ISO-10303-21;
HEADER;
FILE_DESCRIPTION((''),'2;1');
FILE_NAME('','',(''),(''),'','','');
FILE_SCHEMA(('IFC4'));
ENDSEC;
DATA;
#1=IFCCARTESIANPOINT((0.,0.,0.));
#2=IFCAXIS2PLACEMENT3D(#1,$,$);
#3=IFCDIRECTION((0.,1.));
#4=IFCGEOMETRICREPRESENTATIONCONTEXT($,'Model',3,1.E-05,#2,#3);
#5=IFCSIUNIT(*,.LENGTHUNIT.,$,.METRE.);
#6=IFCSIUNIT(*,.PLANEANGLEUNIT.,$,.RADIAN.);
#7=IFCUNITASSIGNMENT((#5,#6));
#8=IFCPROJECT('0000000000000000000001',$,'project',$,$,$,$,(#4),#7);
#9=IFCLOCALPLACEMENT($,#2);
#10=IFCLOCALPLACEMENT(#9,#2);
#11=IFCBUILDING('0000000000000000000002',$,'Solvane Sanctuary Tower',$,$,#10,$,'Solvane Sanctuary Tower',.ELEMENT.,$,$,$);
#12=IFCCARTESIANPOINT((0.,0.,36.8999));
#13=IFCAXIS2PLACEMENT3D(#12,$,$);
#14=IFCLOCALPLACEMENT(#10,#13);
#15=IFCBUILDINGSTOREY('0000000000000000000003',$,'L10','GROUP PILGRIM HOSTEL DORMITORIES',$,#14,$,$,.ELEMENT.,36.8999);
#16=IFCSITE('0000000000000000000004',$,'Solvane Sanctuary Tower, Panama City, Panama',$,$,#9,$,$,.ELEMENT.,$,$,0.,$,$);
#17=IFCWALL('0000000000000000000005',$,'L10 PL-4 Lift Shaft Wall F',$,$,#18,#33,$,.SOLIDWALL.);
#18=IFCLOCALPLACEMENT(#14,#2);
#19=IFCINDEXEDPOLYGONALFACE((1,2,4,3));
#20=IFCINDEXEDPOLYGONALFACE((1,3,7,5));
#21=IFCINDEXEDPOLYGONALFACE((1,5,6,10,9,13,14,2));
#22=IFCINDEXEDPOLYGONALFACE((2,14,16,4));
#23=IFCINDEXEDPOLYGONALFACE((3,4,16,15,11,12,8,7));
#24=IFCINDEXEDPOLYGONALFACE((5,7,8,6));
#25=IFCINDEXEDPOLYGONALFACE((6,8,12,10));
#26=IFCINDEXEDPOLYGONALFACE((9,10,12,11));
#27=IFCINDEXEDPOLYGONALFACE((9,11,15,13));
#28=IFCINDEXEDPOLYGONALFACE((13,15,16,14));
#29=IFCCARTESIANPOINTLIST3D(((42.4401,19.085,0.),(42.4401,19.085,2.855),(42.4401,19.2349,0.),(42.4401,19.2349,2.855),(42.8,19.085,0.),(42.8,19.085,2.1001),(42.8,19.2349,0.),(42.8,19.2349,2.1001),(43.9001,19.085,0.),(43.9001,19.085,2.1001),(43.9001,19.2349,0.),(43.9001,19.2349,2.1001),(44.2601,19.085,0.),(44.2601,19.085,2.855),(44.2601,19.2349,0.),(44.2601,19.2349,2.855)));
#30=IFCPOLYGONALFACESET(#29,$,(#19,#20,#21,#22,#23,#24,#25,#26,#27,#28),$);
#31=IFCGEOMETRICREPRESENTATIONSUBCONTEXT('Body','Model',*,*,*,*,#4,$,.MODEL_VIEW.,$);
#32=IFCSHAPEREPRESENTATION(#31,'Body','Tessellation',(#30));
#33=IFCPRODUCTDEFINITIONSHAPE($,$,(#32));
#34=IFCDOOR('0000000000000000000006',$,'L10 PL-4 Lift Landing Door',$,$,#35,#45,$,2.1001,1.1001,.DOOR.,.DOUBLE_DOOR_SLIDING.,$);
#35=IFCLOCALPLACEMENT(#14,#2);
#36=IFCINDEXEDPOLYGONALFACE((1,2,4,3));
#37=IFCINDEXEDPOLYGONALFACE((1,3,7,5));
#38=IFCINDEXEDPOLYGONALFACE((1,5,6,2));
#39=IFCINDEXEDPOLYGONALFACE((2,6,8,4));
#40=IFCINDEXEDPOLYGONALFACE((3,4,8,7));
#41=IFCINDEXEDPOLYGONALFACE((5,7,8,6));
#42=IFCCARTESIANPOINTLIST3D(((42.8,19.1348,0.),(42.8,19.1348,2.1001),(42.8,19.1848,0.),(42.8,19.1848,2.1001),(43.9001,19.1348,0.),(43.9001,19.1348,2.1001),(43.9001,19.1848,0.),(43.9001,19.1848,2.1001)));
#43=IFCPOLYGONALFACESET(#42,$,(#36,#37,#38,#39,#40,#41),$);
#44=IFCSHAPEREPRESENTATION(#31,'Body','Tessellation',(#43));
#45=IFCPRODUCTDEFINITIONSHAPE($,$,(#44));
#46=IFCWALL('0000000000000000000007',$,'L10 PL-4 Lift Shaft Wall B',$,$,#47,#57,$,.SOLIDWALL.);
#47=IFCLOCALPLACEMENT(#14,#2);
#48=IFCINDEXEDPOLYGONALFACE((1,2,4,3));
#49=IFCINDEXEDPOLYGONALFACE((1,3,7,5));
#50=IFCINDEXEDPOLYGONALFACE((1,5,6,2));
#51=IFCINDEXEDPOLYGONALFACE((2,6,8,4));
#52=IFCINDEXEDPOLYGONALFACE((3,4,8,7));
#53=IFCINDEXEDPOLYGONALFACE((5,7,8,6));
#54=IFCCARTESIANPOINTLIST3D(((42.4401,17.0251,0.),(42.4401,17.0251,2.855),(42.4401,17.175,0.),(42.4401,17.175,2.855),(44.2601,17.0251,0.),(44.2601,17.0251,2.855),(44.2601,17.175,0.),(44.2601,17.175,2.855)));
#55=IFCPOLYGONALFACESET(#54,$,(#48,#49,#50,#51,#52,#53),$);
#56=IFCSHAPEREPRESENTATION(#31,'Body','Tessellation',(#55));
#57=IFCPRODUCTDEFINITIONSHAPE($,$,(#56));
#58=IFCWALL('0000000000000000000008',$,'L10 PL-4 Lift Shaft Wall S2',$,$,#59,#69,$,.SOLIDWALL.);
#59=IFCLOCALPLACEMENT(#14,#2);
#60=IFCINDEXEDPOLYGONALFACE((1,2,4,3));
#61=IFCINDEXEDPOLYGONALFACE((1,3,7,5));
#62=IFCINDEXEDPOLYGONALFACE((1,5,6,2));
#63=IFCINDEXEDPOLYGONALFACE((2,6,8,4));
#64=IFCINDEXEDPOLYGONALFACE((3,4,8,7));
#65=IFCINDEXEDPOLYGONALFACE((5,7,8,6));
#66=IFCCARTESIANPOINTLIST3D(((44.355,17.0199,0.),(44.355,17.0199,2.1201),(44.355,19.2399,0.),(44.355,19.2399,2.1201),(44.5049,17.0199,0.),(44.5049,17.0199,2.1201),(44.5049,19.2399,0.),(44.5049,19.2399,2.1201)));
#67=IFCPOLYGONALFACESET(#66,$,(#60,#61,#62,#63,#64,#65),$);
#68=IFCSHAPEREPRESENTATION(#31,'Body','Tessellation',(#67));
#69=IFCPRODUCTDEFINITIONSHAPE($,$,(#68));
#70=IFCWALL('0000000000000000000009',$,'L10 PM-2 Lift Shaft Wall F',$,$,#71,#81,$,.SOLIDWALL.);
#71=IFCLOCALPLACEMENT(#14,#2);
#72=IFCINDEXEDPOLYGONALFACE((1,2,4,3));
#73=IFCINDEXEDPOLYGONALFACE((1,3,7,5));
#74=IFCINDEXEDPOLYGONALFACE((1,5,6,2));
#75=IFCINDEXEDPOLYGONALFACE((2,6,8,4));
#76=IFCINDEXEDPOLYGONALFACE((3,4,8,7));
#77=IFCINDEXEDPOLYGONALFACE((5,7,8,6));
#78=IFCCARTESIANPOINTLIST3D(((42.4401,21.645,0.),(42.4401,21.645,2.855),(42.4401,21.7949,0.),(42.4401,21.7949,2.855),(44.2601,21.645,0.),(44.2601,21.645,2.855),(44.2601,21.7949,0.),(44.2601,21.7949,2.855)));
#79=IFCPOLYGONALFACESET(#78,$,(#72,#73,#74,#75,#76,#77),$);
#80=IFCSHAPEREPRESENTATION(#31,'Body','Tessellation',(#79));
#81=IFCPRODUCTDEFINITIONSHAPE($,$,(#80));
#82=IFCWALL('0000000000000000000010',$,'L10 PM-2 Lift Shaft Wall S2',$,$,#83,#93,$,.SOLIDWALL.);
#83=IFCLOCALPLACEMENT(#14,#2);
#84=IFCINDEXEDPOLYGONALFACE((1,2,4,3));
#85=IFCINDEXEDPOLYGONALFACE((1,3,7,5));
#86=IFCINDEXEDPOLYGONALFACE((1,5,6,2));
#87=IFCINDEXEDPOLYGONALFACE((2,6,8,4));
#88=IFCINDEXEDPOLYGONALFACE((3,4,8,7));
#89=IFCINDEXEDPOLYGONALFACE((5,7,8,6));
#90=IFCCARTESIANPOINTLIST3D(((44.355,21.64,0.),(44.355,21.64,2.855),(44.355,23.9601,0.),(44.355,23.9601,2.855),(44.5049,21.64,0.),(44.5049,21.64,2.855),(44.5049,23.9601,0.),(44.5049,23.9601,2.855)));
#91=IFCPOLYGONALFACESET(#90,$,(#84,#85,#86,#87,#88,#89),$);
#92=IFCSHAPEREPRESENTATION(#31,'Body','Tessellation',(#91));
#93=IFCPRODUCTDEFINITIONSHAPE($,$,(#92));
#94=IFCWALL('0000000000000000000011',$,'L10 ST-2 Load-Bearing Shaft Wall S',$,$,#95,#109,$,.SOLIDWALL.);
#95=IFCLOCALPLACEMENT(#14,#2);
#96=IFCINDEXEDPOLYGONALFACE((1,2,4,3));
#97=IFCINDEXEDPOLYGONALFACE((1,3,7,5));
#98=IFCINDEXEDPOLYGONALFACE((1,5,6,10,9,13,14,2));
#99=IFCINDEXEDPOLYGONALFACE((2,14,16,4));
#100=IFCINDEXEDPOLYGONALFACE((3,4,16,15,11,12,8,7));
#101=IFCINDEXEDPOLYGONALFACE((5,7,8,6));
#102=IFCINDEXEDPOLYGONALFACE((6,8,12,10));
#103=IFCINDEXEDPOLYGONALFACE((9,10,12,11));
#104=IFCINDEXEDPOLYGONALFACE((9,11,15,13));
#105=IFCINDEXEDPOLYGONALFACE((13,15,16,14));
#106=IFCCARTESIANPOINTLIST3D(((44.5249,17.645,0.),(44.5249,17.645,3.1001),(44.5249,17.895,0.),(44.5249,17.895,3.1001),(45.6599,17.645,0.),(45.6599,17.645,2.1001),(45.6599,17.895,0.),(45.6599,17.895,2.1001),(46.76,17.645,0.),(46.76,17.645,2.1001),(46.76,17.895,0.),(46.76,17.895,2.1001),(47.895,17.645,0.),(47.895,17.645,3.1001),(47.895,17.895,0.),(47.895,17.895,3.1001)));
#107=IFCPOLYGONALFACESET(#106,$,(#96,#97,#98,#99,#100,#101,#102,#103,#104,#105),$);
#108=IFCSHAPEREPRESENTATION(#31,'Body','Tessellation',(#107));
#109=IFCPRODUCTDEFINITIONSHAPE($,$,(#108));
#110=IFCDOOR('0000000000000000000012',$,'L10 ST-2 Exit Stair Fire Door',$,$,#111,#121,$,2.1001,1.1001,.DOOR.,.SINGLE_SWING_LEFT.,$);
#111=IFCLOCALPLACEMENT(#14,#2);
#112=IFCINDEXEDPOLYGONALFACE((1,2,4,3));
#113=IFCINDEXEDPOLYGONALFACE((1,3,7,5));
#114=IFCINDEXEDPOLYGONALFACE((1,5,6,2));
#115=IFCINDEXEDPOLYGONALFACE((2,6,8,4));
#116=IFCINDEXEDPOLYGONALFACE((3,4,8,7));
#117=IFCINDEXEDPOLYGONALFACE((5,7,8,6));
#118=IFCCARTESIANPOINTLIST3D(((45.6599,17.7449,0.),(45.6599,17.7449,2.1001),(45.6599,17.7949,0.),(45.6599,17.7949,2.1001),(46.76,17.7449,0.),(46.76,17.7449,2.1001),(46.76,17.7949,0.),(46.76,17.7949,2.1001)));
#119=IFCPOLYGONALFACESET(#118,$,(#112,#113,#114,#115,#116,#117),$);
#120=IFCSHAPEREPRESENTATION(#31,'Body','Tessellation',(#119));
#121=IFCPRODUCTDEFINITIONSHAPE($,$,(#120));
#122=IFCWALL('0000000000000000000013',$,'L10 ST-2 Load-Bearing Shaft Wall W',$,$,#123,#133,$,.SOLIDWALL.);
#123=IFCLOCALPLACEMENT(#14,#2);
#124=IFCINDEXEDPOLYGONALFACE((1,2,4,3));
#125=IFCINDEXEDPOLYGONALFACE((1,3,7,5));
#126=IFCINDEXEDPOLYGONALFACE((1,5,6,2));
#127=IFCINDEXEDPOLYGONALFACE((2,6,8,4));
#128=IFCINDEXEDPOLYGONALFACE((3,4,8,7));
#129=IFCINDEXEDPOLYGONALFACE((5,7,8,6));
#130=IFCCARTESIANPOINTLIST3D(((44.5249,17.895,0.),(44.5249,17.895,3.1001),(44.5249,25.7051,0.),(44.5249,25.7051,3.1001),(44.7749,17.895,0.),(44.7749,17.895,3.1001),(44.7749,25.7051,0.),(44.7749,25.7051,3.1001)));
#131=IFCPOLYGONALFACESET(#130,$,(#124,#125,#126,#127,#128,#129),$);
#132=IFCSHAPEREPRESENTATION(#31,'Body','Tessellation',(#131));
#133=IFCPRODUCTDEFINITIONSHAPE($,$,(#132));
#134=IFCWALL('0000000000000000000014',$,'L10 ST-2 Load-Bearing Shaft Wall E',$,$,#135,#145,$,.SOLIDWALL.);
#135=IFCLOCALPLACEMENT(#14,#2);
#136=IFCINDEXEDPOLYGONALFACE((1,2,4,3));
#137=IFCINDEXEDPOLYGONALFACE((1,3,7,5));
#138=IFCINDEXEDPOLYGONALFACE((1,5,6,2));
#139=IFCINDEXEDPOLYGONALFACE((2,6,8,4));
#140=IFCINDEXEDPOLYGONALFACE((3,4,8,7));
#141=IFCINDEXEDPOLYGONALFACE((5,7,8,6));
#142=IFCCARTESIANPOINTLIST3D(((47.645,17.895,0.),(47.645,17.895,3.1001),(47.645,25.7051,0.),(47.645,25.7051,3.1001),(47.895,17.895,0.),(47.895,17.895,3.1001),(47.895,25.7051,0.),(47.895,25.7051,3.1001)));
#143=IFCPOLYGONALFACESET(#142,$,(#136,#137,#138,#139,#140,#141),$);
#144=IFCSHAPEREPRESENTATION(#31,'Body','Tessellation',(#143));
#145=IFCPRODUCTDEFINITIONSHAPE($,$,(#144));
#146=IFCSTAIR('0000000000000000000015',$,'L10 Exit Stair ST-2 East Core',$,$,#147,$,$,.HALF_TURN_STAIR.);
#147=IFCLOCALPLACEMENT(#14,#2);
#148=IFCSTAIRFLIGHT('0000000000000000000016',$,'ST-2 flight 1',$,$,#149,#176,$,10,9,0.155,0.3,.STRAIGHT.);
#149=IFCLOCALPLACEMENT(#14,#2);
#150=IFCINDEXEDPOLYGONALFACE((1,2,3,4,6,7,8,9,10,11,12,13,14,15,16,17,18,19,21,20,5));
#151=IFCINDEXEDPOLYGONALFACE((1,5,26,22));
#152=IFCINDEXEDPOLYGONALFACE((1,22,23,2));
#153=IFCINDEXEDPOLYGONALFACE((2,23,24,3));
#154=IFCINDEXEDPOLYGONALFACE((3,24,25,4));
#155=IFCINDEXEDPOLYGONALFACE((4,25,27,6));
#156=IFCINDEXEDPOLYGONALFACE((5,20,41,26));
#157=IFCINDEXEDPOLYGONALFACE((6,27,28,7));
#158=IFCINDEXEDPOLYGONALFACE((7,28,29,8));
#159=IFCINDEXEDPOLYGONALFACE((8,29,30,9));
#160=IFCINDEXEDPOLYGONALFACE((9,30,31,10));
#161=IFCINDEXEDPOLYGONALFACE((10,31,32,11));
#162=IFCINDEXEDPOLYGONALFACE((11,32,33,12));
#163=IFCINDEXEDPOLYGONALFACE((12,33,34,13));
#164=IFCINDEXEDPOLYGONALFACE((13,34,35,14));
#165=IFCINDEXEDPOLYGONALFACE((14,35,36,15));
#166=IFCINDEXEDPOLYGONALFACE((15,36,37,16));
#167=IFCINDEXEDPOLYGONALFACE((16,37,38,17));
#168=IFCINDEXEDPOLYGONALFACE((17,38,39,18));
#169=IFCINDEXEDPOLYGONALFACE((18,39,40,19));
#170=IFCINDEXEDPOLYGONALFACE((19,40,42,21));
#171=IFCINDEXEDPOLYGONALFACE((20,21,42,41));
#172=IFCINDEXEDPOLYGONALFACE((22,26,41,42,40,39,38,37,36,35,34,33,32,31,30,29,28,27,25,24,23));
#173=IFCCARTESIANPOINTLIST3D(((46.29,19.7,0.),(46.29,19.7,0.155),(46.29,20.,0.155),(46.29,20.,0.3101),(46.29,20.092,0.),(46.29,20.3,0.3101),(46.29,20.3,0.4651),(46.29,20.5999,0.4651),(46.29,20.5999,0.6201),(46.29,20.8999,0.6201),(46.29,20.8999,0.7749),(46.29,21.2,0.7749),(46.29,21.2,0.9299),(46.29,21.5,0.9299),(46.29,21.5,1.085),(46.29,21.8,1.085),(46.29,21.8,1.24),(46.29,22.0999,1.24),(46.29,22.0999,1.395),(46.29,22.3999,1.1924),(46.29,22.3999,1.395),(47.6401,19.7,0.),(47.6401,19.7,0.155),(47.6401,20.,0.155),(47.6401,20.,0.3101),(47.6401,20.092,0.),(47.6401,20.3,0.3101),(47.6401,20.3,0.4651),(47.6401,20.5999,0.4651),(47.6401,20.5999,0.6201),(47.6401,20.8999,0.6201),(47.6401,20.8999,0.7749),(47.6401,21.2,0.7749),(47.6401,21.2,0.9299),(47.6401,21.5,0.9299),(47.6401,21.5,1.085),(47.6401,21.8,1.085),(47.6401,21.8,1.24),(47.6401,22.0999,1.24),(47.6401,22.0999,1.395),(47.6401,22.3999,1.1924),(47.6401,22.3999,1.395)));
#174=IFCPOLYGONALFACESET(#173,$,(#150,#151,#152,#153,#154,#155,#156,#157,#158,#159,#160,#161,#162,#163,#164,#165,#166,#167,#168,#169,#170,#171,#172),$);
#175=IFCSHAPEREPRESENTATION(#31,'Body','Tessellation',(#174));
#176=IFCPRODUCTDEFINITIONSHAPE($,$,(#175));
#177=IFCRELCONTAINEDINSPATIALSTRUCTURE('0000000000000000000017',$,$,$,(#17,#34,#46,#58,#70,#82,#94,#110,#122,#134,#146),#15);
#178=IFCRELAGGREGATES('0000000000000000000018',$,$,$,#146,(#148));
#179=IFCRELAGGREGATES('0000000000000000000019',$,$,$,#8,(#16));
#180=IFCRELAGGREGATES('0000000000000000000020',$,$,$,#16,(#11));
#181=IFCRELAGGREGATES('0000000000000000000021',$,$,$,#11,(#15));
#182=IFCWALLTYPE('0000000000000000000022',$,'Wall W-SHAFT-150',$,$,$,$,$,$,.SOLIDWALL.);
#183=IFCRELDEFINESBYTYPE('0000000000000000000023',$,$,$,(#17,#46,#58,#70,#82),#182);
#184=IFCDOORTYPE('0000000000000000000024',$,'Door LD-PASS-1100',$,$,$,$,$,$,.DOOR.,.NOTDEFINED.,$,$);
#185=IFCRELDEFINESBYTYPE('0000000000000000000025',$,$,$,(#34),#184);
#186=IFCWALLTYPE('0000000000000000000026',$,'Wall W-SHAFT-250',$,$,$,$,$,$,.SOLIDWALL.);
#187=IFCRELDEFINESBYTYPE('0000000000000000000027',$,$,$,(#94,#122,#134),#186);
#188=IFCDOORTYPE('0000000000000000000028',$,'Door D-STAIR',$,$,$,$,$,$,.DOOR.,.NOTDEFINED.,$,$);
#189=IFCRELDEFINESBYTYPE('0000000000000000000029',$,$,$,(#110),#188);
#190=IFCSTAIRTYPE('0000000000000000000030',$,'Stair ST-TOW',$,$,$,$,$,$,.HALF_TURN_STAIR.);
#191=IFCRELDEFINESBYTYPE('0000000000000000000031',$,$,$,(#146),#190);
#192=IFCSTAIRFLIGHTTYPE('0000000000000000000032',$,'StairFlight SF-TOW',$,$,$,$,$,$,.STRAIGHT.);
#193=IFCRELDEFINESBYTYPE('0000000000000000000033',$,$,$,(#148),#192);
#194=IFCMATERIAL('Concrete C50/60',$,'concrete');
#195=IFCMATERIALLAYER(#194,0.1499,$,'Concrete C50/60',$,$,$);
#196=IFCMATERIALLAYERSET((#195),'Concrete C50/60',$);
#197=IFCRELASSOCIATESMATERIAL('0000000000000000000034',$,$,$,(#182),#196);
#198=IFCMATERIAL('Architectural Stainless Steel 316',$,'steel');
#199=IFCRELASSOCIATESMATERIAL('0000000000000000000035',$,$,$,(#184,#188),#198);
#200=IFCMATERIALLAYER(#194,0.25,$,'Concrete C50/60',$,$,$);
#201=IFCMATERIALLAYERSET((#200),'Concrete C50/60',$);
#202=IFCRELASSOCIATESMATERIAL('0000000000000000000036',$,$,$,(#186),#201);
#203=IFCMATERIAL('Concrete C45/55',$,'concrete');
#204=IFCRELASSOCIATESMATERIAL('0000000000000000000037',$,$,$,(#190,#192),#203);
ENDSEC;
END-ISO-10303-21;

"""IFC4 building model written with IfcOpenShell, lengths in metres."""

from ifc_helpers import new_model, si_unit, direction, frame, frame_2d, origin, place, context, subcontext, project, spatial, polyline, rectangle, outline, extrude, material, layer, layer_set, type_object, element, fill, aggregate, save


model = new_model("IFC4")

# Units and contexts
model_context = context("Model", 3, precision=1e-05, world=origin(), true_north=direction((0.0, 1.0)))
body_context = subcontext(model_context, "Body", "Model", "MODEL_VIEW")
ifc_project = project(units=[si_unit("LENGTHUNIT", "METRE"), si_unit("PLANEANGLEUNIT", "RADIAN")], contexts=[model_context])

# Site, building, storey
site_placement = place(None, origin())
site = spatial("IfcSite", under=ifc_project, at=site_placement, Name="Solvane Sanctuary Tower, Panama City, Panama", CompositionType="ELEMENT", RefElevation=0.0)
building_placement = place(site_placement, origin())
building = spatial("IfcBuilding", under=site, at=building_placement, Name="Solvane Sanctuary Tower", LongName="Solvane Sanctuary Tower", CompositionType="ELEMENT")
storey_placement = place(building_placement, frame((0.0, 0.0, 36.8999)))
storey = spatial("IfcBuildingStorey", under=building, at=storey_placement, Name="L10", Description="GROUP PILGRIM HOSTEL DORMITORIES", CompositionType="ELEMENT", Elevation=36.8999)

# Wall, opening, door
ifc_material_1 = material(Name="Concrete C50/60", Category="concrete")
ifc_layer_1 = layer(ifc_material_1, 0.1499, Name="Concrete C50/60")
ifc_layer_set_1 = layer_set([ifc_layer_1], Name="Concrete C50/60")
wall_type_1 = type_object("IfcWallType", Name="Wall W-SHAFT-150", PredefinedType="SOLIDWALL", material=ifc_layer_set_1)
wall_1_placement = place(storey_placement, frame((42.4399, 19.1599, 0.0), z_axis=(0.0, 0.0, 1.0), x_axis=(1.0, 0.0, 0.0)))
wall_1 = element("IfcWall", 1, at=wall_1_placement, inside=storey, type_object=wall_type_1, Name="L10 PL-4 Lift Shaft Wall F", PredefinedType="SOLIDWALL", context=body_context, shape_type="SweptSolid", body=[
    extrude(rectangle(XDim=1.8201, YDim=0.1499, at=frame_2d((0.9102, 0.0))), origin(), (0.0, 0.0, 1.0), 2.855),
])
opening_1_placement = place(wall_1_placement, frame((0.3601, 0.0, 0.0)))
opening_1 = element("IfcOpeningElement", 2, at=opening_1_placement, cuts=wall_1, PredefinedType="OPENING", context=body_context, shape_type="SweptSolid", body=[
    extrude(rectangle(XDim=1.1001, YDim=2.1001, at=frame_2d((0.55, 1.05))), frame((0.0, 0.085, 0.0), z_axis=(0.0, -1.0, 0.0), x_axis=(1.0, 0.0, 0.0)), (0.0, 0.0, 1.0), 0.1699),
])
ifc_material_2 = material(Name="Architectural Stainless Steel 316", Category="steel")
door_type_1 = type_object("IfcDoorType", Name="Door LD-PASS-1100", OperationType="NOTDEFINED", PredefinedType="DOOR", material=ifc_material_2)
door_1_placement = place(opening_1_placement, origin())
door_1 = element("IfcDoor", 3, at=door_1_placement, inside=storey, type_object=door_type_1, Name="L10 PL-4 Lift Landing Door", OperationType="DOUBLE_DOOR_SLIDING", OverallHeight=2.1001, OverallWidth=1.1001, PredefinedType="DOOR", context=body_context, shape_type="SweptSolid", body=[
    extrude(rectangle(XDim=1.1001, YDim=2.1001, at=frame_2d((0.55, 1.05))), frame((0.0, 0.0249, 0.0), z_axis=(0.0, -1.0, 0.0), x_axis=(1.0, 0.0, 0.0)), (0.0, 0.0, 1.0), 0.05),
])
fill(opening_1, door_1)

# Walls
wall_2_placement = place(storey_placement, frame((42.4399, 17.1001, 0.0), z_axis=(0.0, 0.0, 1.0), x_axis=(1.0, 0.0, 0.0)))
element("IfcWall", 4, at=wall_2_placement, inside=storey, type_object=wall_type_1, Name="L10 PL-4 Lift Shaft Wall B", PredefinedType="SOLIDWALL", context=body_context, shape_type="SweptSolid", body=[
    extrude(rectangle(XDim=1.8201, YDim=0.1499, at=frame_2d((0.9102, 0.0))), origin(), (0.0, 0.0, 1.0), 2.855),
])
wall_3_placement = place(storey_placement, frame((44.4299, 17.02, 0.0), z_axis=(0.0, 0.0, 1.0), x_axis=(0.0, 1.0, 0.0)))
element("IfcWall", 5, at=wall_3_placement, inside=storey, type_object=wall_type_1, Name="L10 PL-4 Lift Shaft Wall S2", PredefinedType="SOLIDWALL", context=body_context, shape_type="SweptSolid", body=[
    extrude(rectangle(XDim=2.22, YDim=0.1499, at=frame_2d((1.1099, 0.0))), origin(), (0.0, 0.0, 1.0), 2.1201),
])
wall_4_placement = place(storey_placement, frame((42.4399, 21.72, 0.0), z_axis=(0.0, 0.0, 1.0), x_axis=(1.0, 0.0, 0.0)))
element("IfcWall", 6, at=wall_4_placement, inside=storey, type_object=wall_type_1, Name="L10 PM-2 Lift Shaft Wall F", PredefinedType="SOLIDWALL", context=body_context, shape_type="SweptSolid", body=[
    extrude(rectangle(XDim=1.8201, YDim=0.1499, at=frame_2d((0.9102, 0.0))), origin(), (0.0, 0.0, 1.0), 2.855),
])
wall_5_placement = place(storey_placement, frame((44.4299, 21.6399, 0.0), z_axis=(0.0, 0.0, 1.0), x_axis=(0.0, 1.0, 0.0)))
element("IfcWall", 7, at=wall_5_placement, inside=storey, type_object=wall_type_1, Name="L10 PM-2 Lift Shaft Wall S2", PredefinedType="SOLIDWALL", context=body_context, shape_type="SweptSolid", body=[
    extrude(rectangle(XDim=2.3201, YDim=0.1499, at=frame_2d((1.1602, 0.0))), origin(), (0.0, 0.0, 1.0), 2.855),
])

# Wall, opening, door
ifc_layer_2 = layer(ifc_material_1, 0.25, Name="Concrete C50/60")
ifc_layer_set_2 = layer_set([ifc_layer_2], Name="Concrete C50/60")
wall_type_2 = type_object("IfcWallType", Name="Wall W-SHAFT-250", PredefinedType="SOLIDWALL", material=ifc_layer_set_2)
wall_6_placement = place(storey_placement, frame((44.5249, 17.77, 0.0), z_axis=(0.0, 0.0, 1.0), x_axis=(1.0, 0.0, 0.0)))
wall_6 = element("IfcWall", 8, at=wall_6_placement, inside=storey, type_object=wall_type_2, Name="L10 ST-2 Load-Bearing Shaft Wall S", PredefinedType="SOLIDWALL", context=body_context, shape_type="SweptSolid", body=[
    extrude(rectangle(XDim=3.3701, YDim=0.25, at=frame_2d((1.6851, 0.0))), origin(), (0.0, 0.0, 1.0), 3.1001),
])
opening_2_placement = place(wall_6_placement, frame((1.135, 0.0, 0.0)))
opening_2 = element("IfcOpeningElement", 9, at=opening_2_placement, cuts=wall_6, PredefinedType="OPENING", context=body_context, shape_type="SweptSolid", body=[
    extrude(rectangle(XDim=1.1001, YDim=2.1001, at=frame_2d((0.55, 1.05))), frame((0.0, 0.135, 0.0), z_axis=(0.0, -1.0, 0.0), x_axis=(1.0, 0.0, 0.0)), (0.0, 0.0, 1.0), 0.27),
])
door_type_2 = type_object("IfcDoorType", Name="Door D-STAIR", OperationType="NOTDEFINED", PredefinedType="DOOR", material=ifc_material_2)
door_2_placement = place(opening_2_placement, origin())
door_2 = element("IfcDoor", 10, at=door_2_placement, inside=storey, type_object=door_type_2, Name="L10 ST-2 Exit Stair Fire Door", OperationType="SINGLE_SWING_LEFT", OverallHeight=2.1001, OverallWidth=1.1001, PredefinedType="DOOR", context=body_context, shape_type="SweptSolid", body=[
    extrude(rectangle(XDim=1.1001, YDim=2.1001, at=frame_2d((0.55, 1.05))), frame((0.0, 0.0249, 0.0), z_axis=(0.0, -1.0, 0.0), x_axis=(1.0, 0.0, 0.0)), (0.0, 0.0, 1.0), 0.05),
])
fill(opening_2, door_2)

# Walls
for number, where, z_axis, x_axis, name in (
    (11, (44.6499, 17.895, 0.0), (0.0, 0.0, 1.0), (0.0, 1.0, 0.0), "L10 ST-2 Load-Bearing Shaft Wall W"),
    (12, (47.77, 17.895, 0.0), (0.0, 0.0, 1.0), (0.0, 1.0, 0.0), "L10 ST-2 Load-Bearing Shaft Wall E"),
):
    element("IfcWall", number, at=place(storey_placement, frame(where, z_axis=z_axis, x_axis=x_axis)), inside=storey, type_object=wall_type_2, Name=name, PredefinedType="SOLIDWALL", context=body_context, shape_type="SweptSolid", body=[
        extrude(rectangle(XDim=7.8101, YDim=0.25, at=frame_2d((3.905, 0.0))), origin(), (0.0, 0.0, 1.0), 3.1001),
    ])

# Stair, stair flight
ifc_material_3 = material(Name="Concrete C45/55", Category="concrete")
stair_type = type_object("IfcStairType", Name="Stair ST-TOW", PredefinedType="HALF_TURN_STAIR", material=ifc_material_3)
stair_placement = place(storey_placement, origin())
stair = element("IfcStair", 13, at=stair_placement, inside=storey, type_object=stair_type, Name="L10 Exit Stair ST-2 East Core", PredefinedType="HALF_TURN_STAIR")
stair_flight_type = type_object("IfcStairFlightType", Name="StairFlight SF-TOW", PredefinedType="STRAIGHT", material=ifc_material_3)
stair_flight_placement = place(storey_placement, frame((46.9651, 19.7, 0.0), z_axis=(0.0, 0.0, 1.0), x_axis=(0.0, 1.0, 0.0)))
stair_flight = element("IfcStairFlight", 14, at=stair_flight_placement, type_object=stair_flight_type, Name="ST-2 flight 1", NumberOfRisers=10, NumberOfTreads=9, PredefinedType="STRAIGHT", RiserHeight=0.155, TreadLength=0.3, context=body_context, shape_type="SweptSolid", body=[
    extrude(outline(polyline([(0.0, 0.0), (0.0, 0.155), (0.3, 0.155), (0.3, 0.3101), (0.6001, 0.3101), (0.6001, 0.4651), (0.8999, 0.4651), (0.8999, 0.6201), (1.2, 0.6201), (1.2, 0.7749), (1.5, 0.7749), (1.5, 0.9299), (1.8, 0.9299), (1.8, 1.085), (2.1001, 1.085), (2.1001, 1.24), (2.3999, 1.24), (2.3999, 1.395), (2.7, 1.395), (2.7, 1.55), (2.7, 1.1924), (0.3921, 0.0), (0.0, 0.0)])), frame((0.0, 0.675, 0.0), z_axis=(0.0, -1.0, 0.0), x_axis=(1.0, 0.0, 0.0)), (0.0, 0.0, 1.0), 1.3501),
])
aggregate(stair, [stair_flight])

save(model, "model.ifc")
